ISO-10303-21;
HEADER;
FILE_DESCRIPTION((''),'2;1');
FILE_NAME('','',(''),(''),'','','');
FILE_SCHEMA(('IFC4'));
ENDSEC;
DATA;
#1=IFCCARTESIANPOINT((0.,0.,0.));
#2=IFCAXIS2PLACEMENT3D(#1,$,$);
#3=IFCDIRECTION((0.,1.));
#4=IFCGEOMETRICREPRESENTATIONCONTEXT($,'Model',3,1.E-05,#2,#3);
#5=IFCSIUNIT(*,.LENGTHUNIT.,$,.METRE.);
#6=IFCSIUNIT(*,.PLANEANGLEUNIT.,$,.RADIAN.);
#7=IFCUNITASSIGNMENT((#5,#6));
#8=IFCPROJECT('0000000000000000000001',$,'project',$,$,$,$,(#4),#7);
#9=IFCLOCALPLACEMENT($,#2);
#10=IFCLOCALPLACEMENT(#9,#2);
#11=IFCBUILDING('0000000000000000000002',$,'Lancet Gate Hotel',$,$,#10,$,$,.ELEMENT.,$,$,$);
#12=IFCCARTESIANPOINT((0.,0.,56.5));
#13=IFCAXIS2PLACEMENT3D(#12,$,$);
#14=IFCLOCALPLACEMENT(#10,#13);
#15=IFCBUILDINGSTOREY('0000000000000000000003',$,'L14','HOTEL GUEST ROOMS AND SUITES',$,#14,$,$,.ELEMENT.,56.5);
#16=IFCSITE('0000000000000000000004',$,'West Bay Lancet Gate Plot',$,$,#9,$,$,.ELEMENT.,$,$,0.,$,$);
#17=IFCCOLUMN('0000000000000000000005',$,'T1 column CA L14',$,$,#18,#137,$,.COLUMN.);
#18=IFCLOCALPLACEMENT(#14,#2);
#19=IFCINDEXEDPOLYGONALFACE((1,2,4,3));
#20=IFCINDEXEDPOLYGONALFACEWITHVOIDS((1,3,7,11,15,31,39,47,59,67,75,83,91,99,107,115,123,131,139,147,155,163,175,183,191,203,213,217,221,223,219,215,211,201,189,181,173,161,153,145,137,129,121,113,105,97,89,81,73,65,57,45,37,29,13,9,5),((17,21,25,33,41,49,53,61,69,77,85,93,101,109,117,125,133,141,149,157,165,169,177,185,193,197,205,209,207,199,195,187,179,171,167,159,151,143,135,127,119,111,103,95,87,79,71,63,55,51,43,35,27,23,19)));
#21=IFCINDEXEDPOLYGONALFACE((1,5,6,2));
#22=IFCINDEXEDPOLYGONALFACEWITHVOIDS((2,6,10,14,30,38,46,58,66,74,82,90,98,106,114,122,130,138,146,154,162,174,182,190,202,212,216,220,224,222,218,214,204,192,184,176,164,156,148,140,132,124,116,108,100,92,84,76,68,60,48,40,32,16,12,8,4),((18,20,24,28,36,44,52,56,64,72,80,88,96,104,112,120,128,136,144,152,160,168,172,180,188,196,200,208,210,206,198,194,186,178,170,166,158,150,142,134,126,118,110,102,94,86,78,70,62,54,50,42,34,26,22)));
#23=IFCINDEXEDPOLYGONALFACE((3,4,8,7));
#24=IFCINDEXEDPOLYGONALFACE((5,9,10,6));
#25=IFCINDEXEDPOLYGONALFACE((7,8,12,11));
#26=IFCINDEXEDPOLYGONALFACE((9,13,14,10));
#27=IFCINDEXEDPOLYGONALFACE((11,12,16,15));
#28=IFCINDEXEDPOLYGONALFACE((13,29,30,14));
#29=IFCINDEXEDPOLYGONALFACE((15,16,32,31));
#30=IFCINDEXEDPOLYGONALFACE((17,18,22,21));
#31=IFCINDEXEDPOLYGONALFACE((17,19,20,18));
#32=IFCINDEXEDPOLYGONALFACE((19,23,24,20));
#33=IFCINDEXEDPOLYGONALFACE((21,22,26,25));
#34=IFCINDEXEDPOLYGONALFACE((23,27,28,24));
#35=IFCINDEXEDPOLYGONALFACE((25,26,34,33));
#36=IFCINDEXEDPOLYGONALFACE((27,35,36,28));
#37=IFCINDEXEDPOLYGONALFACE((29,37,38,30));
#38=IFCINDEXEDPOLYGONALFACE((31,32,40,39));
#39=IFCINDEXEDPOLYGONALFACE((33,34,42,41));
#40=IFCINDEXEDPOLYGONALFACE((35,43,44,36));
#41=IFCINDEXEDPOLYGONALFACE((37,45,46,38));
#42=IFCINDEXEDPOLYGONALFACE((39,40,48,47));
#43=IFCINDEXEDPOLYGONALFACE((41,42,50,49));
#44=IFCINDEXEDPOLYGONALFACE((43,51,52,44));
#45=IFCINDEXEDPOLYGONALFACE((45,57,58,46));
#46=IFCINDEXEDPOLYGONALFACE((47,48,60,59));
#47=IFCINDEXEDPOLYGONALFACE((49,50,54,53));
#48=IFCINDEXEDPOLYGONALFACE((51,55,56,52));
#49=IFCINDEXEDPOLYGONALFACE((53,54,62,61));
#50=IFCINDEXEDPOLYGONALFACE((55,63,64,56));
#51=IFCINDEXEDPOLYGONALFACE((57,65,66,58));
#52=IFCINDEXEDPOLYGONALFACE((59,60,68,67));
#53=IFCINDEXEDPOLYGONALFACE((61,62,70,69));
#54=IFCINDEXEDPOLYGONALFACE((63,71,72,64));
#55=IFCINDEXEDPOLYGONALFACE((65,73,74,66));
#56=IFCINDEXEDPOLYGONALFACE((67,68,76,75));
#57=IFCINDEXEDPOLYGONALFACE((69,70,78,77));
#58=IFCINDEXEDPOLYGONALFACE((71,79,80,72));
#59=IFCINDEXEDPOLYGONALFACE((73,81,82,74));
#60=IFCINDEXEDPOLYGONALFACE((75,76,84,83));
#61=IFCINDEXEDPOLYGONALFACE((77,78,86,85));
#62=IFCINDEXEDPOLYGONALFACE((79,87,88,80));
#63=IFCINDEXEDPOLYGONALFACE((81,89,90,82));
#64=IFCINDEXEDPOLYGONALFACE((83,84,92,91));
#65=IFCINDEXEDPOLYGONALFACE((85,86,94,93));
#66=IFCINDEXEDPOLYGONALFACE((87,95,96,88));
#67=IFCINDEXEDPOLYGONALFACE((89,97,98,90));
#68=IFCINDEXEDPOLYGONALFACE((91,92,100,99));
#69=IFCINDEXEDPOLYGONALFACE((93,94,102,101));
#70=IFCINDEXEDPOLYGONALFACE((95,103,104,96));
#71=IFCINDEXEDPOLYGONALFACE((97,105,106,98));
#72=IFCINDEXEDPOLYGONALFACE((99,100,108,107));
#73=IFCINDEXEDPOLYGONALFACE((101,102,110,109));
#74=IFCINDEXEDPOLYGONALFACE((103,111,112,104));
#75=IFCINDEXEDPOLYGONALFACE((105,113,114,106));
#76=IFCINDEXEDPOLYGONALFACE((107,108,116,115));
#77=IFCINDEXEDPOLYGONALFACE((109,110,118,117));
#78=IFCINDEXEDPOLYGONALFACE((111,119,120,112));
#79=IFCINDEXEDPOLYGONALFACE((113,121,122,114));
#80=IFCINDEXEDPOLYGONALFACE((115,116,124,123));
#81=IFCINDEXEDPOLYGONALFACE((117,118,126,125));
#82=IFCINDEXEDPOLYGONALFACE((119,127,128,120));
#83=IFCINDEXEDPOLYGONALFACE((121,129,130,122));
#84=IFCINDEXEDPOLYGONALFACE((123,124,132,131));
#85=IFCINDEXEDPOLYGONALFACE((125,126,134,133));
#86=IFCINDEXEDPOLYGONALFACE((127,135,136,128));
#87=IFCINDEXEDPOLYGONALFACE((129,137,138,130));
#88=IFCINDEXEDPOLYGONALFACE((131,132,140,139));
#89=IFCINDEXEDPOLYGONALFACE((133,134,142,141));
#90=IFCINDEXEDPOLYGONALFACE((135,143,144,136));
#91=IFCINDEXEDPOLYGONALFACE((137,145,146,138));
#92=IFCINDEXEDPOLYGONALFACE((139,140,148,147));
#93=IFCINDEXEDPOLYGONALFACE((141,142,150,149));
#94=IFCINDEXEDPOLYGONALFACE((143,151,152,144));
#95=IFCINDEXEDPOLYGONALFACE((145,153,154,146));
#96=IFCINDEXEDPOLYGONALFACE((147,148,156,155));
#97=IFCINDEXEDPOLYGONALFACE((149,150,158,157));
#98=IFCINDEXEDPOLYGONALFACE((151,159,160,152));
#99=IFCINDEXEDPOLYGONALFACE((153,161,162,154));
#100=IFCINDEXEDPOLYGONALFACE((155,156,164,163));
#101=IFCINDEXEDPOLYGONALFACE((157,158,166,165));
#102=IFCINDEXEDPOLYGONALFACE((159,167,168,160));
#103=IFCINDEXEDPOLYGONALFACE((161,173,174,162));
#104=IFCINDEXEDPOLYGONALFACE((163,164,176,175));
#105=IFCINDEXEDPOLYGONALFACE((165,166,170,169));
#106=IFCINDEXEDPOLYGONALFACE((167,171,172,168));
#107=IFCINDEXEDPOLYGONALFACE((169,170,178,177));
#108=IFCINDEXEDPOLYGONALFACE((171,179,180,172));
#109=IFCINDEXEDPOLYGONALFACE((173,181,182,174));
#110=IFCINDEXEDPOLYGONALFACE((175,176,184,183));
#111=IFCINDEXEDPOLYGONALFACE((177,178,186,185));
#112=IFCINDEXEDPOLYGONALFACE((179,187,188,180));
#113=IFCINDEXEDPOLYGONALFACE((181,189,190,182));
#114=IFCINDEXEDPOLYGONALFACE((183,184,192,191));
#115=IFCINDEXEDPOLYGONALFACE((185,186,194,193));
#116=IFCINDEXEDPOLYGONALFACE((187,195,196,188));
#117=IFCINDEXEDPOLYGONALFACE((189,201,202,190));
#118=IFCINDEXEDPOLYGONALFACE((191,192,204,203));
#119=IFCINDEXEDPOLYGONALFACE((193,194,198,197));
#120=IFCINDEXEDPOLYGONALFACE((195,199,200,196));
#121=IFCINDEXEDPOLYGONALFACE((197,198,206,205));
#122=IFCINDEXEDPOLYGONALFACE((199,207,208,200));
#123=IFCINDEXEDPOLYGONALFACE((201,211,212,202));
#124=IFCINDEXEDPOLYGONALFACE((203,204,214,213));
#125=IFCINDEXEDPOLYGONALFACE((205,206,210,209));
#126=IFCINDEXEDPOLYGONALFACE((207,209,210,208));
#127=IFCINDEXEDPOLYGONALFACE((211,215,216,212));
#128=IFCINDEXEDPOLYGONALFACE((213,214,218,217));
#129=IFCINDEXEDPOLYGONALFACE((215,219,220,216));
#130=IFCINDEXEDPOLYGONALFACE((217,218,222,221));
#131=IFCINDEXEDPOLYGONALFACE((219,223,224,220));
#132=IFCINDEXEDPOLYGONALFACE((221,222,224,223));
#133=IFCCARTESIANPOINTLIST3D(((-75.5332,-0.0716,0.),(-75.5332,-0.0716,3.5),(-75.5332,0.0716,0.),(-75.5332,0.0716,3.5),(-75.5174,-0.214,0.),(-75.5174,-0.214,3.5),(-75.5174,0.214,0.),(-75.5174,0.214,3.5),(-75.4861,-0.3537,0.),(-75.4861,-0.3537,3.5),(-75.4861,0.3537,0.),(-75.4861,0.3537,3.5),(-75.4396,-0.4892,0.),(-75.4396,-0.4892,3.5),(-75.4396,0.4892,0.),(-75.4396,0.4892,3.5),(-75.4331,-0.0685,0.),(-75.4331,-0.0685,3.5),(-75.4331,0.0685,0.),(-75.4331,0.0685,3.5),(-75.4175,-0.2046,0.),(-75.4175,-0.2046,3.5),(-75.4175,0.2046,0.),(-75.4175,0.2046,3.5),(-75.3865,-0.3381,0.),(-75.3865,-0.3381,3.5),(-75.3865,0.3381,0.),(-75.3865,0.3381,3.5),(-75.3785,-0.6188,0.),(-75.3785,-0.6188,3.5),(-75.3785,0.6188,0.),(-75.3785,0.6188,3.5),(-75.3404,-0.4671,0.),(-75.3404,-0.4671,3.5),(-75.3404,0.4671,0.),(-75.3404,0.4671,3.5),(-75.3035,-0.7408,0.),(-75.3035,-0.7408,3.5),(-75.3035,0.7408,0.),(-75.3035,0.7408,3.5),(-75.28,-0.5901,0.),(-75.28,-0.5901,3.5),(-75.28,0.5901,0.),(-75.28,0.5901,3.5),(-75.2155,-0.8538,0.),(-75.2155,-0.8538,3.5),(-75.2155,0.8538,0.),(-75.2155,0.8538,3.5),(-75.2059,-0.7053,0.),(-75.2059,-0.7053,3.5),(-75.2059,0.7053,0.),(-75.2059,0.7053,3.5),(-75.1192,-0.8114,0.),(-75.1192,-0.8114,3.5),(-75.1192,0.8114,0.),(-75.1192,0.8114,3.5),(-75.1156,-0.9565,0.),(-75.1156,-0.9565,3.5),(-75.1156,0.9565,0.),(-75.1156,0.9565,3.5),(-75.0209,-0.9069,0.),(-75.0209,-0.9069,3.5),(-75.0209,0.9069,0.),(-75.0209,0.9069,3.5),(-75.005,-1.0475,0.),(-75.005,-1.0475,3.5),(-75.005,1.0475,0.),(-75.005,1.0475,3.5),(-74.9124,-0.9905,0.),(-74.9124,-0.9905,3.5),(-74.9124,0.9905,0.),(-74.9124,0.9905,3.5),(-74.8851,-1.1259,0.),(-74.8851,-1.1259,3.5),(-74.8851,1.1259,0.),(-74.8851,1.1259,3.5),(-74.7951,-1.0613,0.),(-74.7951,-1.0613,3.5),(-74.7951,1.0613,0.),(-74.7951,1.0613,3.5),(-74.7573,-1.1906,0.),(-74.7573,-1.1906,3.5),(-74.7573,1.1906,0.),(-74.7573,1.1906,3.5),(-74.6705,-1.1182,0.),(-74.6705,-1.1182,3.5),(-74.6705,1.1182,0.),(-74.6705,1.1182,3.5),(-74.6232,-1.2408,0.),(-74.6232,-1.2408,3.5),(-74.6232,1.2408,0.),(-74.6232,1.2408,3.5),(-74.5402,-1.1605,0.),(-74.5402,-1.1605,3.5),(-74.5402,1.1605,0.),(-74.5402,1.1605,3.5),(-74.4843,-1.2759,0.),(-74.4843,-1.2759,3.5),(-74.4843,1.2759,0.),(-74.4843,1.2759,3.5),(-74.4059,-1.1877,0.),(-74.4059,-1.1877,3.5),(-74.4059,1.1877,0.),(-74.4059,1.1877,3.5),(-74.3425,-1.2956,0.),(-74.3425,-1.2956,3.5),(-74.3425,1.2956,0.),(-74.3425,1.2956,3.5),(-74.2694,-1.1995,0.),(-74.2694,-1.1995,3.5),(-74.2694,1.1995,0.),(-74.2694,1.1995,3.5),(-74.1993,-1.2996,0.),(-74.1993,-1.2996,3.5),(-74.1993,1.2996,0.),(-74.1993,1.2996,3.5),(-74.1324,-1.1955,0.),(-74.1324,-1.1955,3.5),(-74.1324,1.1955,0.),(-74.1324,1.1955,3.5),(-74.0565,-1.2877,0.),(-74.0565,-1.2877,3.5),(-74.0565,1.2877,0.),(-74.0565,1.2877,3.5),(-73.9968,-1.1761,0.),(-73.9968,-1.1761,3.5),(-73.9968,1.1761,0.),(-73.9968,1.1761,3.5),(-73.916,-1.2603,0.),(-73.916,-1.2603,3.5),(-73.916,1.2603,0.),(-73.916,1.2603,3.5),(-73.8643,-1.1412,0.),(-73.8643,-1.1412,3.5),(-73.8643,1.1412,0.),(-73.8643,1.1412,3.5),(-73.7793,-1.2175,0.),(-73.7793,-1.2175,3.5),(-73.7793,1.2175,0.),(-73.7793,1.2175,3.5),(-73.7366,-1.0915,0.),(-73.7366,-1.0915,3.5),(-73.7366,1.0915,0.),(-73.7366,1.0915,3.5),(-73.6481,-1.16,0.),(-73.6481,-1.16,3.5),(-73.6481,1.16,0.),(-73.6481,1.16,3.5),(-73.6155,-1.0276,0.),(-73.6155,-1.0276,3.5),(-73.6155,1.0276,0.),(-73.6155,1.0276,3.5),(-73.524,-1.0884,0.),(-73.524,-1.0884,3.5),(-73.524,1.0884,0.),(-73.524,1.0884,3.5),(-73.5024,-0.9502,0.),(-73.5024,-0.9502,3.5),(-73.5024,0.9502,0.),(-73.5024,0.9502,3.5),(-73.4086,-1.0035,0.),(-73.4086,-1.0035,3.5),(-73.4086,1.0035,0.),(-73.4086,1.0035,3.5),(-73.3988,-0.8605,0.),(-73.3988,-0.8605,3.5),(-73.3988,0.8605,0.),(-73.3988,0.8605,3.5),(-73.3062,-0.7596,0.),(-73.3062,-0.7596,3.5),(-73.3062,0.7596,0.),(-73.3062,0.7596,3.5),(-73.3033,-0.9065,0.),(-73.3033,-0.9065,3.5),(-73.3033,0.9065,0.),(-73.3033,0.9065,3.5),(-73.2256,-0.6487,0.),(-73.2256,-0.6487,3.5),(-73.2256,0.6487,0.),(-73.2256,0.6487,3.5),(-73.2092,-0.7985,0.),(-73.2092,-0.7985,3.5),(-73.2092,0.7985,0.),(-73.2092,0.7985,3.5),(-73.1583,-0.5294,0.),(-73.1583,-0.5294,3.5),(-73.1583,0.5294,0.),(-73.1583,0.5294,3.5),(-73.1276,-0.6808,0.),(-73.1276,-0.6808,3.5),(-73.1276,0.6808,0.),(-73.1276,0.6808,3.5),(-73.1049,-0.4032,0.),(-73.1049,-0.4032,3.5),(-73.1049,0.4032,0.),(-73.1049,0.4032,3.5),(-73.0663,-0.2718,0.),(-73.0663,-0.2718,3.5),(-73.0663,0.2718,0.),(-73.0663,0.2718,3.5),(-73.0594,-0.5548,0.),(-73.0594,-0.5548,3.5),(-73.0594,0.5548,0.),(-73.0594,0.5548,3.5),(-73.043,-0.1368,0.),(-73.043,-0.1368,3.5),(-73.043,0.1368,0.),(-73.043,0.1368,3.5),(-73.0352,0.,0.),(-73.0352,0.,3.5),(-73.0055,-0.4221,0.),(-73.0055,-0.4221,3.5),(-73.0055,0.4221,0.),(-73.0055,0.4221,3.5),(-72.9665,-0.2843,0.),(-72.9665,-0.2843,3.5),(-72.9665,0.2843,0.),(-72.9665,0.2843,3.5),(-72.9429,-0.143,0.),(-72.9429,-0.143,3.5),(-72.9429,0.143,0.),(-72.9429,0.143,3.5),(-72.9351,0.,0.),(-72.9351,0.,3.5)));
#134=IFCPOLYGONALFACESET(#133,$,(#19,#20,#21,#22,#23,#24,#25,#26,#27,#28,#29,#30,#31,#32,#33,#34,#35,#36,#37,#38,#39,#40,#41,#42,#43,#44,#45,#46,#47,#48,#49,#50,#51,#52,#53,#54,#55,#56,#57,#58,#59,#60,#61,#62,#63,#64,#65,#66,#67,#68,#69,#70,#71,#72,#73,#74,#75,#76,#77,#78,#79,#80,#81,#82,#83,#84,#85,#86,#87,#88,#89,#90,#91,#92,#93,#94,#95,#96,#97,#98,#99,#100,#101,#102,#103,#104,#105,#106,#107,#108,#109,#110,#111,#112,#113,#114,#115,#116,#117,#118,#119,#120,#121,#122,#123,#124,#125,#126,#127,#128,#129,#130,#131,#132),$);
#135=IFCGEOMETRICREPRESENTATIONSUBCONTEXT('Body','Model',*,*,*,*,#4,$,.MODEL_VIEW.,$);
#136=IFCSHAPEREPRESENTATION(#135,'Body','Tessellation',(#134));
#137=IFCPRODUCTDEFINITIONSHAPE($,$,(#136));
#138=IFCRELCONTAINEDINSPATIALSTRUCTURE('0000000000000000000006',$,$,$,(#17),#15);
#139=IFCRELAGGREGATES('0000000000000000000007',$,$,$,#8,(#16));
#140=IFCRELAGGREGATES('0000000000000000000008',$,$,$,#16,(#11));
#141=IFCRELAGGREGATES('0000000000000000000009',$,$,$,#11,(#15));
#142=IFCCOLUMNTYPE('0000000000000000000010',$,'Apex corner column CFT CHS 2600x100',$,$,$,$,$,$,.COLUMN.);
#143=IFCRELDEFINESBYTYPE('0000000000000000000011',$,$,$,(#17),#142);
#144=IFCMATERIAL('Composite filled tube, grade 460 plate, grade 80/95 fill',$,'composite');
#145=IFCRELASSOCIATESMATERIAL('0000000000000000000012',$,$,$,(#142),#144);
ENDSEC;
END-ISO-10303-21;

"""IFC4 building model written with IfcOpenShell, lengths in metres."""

from ifc_helpers import new_model, si_unit, direction, frame, origin, origin_2d, place, context, subcontext, project, spatial, hollow_circle, extrude, material, material_profile, profile_set, type_object, element, save


model = new_model("IFC4")

# Units and contexts
model_context = context("Model", 3, precision=1e-05, world=origin(), true_north=direction((0.0, 1.0)))
body_context = subcontext(model_context, "Body", "Model", "MODEL_VIEW")
ifc_project = project(units=[si_unit("LENGTHUNIT", "METRE"), si_unit("PLANEANGLEUNIT", "RADIAN")], contexts=[model_context])

# Site, building, storey
site_placement = place(None, origin())
site = spatial("IfcSite", under=ifc_project, at=site_placement, Name="West Bay Lancet Gate Plot", CompositionType="ELEMENT", RefElevation=0.0)
building_placement = place(site_placement, origin())
building = spatial("IfcBuilding", under=site, at=building_placement, Name="Lancet Gate Hotel", CompositionType="ELEMENT")
storey_placement = place(building_placement, frame((0.0, 0.0, 56.5)))
storey = spatial("IfcBuildingStorey", under=building, at=storey_placement, Name="L14", Description="HOTEL GUEST ROOMS AND SUITES", CompositionType="ELEMENT", Elevation=56.5)

# Column
ifc_material_1 = material(Name="Composite filled tube, grade 460 plate, grade 80/95 fill", Category="composite")
ifc_material_profile_1 = material_profile(ifc_material_1, hollow_circle(Radius=1.3, WallThickness=0.1001, at=origin_2d()), Name="CHS 2600x100")
ifc_profile_set_1 = profile_set([ifc_material_profile_1], Name="Composite filled tube, grade 460 plate, grade 80/95 fill")
column_type_1 = type_object("IfcColumnType", Name="Apex corner column CFT CHS 2600x100", PredefinedType="COLUMN", material=ifc_profile_set_1)
column_1_placement = place(storey_placement, frame((-74.2351, 0.0, 0.0), z_axis=(0.0, 0.0, 1.0), x_axis=(1.0, 0.0, 0.0)))
element("IfcColumn", 1, at=column_1_placement, inside=storey, type_object=column_type_1, Name="T1 column CA L14", PredefinedType="COLUMN", context=body_context, shape_type="SweptSolid", body=[
    extrude(hollow_circle(Radius=1.3, WallThickness=0.1001, at=origin_2d()), origin(), (0.0, 0.0, 1.0), 3.5),
])

save(model, "model.ifc")
